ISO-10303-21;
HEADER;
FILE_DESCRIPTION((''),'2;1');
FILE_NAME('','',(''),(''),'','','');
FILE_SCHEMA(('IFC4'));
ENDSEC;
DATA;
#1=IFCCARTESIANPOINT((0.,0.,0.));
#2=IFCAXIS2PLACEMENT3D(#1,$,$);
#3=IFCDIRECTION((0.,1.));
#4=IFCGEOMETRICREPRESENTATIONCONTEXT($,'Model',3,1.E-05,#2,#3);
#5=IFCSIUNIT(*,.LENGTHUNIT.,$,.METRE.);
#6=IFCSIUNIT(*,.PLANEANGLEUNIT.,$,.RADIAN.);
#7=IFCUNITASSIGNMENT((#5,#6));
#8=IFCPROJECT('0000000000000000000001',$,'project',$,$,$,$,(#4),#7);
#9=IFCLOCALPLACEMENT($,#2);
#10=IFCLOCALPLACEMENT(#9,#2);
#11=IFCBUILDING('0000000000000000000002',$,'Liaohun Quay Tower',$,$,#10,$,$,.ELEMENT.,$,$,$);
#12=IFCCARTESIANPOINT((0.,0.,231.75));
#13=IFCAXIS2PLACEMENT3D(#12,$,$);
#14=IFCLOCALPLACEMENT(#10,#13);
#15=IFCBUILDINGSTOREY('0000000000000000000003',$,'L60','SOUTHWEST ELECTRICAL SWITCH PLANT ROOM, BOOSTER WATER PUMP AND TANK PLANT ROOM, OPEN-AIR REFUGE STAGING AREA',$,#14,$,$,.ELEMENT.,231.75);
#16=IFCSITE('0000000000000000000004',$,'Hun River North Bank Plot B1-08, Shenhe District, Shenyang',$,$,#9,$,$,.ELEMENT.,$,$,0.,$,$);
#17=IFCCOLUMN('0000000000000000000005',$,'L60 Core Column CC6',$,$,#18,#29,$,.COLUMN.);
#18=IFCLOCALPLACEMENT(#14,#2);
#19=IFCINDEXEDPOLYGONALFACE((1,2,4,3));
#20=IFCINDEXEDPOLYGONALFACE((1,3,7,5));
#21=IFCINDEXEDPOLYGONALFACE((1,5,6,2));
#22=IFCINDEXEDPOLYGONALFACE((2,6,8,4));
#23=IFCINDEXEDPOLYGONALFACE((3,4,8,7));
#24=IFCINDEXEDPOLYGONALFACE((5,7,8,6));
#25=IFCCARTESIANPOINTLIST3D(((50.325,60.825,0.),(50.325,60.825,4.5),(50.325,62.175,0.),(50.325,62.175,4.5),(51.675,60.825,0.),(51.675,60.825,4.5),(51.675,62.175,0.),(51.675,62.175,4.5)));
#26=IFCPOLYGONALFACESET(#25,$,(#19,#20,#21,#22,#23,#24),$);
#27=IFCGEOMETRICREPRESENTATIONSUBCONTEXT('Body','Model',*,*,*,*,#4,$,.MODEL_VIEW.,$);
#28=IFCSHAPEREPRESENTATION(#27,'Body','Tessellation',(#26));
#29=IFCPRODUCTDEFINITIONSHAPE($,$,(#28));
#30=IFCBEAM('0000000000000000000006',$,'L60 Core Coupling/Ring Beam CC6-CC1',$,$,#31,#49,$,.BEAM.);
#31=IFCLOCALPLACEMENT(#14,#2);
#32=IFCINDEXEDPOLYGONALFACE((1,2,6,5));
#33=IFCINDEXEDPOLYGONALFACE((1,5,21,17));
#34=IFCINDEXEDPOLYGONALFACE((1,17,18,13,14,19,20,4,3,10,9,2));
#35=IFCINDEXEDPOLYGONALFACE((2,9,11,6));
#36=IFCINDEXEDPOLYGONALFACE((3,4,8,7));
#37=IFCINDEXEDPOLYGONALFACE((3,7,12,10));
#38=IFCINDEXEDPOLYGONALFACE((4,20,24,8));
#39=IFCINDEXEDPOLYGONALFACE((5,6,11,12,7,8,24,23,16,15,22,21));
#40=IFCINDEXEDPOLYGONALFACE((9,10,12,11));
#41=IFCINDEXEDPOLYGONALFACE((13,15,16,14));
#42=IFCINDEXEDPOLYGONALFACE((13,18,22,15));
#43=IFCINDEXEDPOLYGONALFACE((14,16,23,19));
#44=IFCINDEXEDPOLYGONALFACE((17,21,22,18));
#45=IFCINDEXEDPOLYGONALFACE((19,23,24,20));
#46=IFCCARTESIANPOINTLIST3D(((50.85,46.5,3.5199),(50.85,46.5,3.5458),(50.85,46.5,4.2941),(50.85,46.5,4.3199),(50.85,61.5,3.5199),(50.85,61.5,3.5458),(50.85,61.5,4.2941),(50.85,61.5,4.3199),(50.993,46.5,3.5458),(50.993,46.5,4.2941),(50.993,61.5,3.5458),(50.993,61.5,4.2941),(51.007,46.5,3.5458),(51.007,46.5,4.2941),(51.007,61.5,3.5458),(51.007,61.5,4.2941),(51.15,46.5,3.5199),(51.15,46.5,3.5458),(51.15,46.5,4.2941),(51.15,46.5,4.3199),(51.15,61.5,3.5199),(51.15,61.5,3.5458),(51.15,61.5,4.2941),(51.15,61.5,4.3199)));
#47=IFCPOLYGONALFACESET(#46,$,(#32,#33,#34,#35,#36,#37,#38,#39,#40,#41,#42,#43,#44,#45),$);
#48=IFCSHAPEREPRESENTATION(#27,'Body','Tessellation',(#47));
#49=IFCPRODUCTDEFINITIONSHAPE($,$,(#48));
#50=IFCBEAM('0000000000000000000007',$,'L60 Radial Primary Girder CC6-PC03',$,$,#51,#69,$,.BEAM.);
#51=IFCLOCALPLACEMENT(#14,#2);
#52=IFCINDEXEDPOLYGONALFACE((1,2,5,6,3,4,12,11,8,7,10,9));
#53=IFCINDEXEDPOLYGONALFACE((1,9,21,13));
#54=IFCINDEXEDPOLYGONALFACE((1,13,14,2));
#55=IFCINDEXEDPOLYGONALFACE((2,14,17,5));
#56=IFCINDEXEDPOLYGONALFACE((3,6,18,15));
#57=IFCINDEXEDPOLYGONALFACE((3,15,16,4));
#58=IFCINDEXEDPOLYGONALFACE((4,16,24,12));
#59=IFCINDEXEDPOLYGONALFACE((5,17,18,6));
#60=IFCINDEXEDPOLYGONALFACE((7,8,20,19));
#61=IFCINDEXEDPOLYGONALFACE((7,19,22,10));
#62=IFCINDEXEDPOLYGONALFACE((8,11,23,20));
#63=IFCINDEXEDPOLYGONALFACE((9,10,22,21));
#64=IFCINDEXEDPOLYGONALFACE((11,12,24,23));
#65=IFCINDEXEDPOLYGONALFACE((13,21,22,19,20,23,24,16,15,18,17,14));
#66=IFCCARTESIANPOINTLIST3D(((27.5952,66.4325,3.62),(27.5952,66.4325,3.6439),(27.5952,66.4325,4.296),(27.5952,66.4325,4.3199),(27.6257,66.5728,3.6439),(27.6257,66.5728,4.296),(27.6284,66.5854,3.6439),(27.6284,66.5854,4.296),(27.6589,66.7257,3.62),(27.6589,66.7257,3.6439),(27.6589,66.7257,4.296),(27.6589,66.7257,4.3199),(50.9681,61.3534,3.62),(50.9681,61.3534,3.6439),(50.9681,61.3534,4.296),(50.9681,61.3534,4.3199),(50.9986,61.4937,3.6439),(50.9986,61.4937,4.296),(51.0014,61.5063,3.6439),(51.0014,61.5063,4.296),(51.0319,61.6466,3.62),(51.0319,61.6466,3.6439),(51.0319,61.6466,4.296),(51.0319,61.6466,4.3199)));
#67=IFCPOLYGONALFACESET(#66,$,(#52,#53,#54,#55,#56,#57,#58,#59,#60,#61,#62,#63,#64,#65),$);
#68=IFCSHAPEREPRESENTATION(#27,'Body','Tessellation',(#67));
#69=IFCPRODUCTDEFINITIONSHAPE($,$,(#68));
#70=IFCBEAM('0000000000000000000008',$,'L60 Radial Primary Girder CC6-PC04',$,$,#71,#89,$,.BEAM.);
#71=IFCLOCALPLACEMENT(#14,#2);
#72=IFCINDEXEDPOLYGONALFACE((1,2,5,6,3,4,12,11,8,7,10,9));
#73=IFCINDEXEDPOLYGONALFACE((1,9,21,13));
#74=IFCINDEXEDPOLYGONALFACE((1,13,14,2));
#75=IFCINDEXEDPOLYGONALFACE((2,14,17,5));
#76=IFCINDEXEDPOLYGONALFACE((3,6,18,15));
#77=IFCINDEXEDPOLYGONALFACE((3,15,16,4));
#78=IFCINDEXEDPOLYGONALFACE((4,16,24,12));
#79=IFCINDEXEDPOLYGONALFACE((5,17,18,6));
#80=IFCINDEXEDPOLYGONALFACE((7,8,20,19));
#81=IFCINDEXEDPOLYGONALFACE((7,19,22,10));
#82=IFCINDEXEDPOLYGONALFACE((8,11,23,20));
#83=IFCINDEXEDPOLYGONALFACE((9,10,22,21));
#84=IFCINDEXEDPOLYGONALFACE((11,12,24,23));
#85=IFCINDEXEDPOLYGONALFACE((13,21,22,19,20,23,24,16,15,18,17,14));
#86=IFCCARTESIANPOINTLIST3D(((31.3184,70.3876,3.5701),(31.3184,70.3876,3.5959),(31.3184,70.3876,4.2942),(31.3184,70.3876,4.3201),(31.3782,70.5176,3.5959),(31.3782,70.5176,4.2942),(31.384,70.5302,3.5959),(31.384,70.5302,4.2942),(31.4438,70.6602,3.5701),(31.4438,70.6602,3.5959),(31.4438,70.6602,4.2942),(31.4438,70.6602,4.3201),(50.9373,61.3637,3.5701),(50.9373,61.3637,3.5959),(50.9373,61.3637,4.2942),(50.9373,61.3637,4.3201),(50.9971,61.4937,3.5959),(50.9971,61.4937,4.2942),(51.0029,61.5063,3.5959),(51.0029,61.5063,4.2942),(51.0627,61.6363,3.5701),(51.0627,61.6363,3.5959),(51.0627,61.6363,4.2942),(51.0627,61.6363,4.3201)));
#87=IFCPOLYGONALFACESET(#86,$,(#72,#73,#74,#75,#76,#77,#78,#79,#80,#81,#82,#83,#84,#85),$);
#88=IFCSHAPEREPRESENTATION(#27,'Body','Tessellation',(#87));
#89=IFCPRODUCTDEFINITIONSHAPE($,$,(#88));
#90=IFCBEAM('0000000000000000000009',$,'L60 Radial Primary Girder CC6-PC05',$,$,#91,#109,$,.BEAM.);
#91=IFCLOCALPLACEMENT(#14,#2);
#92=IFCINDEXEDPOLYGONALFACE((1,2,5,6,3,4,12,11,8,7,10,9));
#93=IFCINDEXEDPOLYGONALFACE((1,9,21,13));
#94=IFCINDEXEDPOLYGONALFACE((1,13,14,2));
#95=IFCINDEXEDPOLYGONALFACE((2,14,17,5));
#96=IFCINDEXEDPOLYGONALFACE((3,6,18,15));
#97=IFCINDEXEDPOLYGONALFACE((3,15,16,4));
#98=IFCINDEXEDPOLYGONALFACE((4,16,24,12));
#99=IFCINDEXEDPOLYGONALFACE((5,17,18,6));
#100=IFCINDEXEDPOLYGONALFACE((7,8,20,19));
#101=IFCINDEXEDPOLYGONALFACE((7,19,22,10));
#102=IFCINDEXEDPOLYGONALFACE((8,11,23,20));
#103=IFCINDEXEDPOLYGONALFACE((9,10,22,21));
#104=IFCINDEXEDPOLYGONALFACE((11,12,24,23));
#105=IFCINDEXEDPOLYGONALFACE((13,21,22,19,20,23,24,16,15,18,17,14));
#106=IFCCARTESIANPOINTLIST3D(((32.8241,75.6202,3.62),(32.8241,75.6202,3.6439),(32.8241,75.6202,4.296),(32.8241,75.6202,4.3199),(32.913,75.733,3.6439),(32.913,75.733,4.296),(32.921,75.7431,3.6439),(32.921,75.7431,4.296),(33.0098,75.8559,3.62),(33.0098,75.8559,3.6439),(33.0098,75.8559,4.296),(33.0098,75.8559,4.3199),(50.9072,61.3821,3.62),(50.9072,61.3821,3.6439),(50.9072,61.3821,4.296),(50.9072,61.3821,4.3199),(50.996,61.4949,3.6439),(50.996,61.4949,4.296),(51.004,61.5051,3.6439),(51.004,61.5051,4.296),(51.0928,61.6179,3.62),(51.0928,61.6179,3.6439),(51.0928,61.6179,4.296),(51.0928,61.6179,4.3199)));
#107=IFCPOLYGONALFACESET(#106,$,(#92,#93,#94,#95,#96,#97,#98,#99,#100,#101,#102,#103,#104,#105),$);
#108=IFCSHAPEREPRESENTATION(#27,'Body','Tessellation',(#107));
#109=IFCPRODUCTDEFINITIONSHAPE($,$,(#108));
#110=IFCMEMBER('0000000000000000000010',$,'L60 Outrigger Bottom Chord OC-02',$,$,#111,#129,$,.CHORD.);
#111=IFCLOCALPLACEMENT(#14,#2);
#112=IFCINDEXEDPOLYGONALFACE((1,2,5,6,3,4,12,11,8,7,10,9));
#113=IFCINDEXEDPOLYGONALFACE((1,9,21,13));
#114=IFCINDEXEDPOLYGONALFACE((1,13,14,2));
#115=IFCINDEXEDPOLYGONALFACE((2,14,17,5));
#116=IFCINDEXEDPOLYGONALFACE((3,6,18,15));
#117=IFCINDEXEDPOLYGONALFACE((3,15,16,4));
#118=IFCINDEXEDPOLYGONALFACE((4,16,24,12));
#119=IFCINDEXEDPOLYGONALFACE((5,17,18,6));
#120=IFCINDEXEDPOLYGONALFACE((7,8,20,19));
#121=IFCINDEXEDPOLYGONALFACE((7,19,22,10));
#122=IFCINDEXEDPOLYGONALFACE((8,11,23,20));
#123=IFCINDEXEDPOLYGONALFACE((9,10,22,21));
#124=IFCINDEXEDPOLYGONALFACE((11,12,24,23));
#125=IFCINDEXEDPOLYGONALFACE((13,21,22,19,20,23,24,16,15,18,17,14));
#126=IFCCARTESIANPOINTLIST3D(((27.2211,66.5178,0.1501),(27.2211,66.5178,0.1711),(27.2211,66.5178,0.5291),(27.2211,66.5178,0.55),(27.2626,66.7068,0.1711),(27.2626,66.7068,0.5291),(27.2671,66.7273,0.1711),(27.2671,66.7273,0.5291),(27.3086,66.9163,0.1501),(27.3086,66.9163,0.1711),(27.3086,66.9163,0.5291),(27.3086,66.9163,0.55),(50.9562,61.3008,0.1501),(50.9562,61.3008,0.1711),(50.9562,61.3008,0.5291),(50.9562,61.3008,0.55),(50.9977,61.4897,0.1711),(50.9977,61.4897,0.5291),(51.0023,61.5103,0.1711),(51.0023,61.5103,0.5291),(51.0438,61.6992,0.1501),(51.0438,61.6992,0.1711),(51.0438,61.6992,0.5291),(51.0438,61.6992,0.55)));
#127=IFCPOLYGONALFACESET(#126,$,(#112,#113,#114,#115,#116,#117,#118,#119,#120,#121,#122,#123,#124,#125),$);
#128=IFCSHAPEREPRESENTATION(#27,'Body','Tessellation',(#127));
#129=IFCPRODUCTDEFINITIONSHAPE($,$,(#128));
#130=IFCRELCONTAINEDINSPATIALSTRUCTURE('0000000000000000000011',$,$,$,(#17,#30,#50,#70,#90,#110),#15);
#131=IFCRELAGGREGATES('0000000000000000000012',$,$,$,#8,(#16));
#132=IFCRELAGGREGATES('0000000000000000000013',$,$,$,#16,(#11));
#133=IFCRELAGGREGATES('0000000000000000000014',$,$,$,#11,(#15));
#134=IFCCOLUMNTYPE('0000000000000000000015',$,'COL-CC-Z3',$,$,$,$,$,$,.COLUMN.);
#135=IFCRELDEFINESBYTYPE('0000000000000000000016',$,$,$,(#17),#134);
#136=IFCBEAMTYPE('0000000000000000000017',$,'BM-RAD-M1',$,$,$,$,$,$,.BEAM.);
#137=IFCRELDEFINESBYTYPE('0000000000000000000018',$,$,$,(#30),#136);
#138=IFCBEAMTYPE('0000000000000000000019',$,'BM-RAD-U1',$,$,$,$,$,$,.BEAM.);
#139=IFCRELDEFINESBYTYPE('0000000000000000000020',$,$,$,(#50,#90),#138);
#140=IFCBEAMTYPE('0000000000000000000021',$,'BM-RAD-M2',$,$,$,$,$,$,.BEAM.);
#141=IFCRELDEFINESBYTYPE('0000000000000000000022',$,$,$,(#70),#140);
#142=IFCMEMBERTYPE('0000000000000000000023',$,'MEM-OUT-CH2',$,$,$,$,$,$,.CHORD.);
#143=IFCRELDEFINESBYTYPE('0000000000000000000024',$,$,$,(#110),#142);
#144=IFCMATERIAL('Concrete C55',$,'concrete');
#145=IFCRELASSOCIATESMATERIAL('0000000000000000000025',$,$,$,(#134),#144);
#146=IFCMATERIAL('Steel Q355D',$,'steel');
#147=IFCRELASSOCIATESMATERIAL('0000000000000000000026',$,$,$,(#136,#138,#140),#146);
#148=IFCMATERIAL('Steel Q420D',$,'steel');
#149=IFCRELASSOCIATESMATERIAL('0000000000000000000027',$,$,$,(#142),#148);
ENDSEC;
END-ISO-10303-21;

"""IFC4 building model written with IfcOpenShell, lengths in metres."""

from ifc_helpers import new_model, si_unit, direction, frame, origin, origin_2d, place, context, subcontext, project, spatial, rectangle, i_section, extrude, source, transform, mapped, material, material_profile, profile_set, type_object, element, save


model = new_model("IFC4")

# Units and contexts
model_context = context("Model", 3, precision=1e-05, world=origin(), true_north=direction((0.0, 1.0)))
body_context = subcontext(model_context, "Body", "Model", "MODEL_VIEW")
ifc_project = project(units=[si_unit("LENGTHUNIT", "METRE"), si_unit("PLANEANGLEUNIT", "RADIAN")], contexts=[model_context])

# Site, building, storey
site_placement = place(None, origin())
site = spatial("IfcSite", under=ifc_project, at=site_placement, Name="Hun River North Bank Plot B1-08, Shenhe District, Shenyang", CompositionType="ELEMENT", RefElevation=0.0)
building_placement = place(site_placement, origin())
building = spatial("IfcBuilding", under=site, at=building_placement, Name="Liaohun Quay Tower", CompositionType="ELEMENT")
storey_placement = place(building_placement, frame((0.0, 0.0, 231.75)))
storey = spatial("IfcBuildingStorey", under=building, at=storey_placement, Name="L60", Description="SOUTHWEST ELECTRICAL SWITCH PLANT ROOM, BOOSTER WATER PUMP AND TANK PLANT ROOM, OPEN-AIR REFUGE STAGING AREA", CompositionType="ELEMENT", Elevation=231.75)

# Column
ifc_material_1 = material(Name="Concrete C55", Category="concrete")
ifc_material_profile_1 = material_profile(ifc_material_1, rectangle(XDim=1.3501, YDim=1.3501, at=origin_2d()), Name="RC1350x1350")
ifc_profile_set_1 = profile_set([ifc_material_profile_1], Name="Concrete C55")
column_type = type_object("IfcColumnType", Name="COL-CC-Z3", PredefinedType="COLUMN", material=ifc_profile_set_1)
shared_shape_1 = source(origin(), body_context, "Body", "SweptSolid", [
    extrude(rectangle(XDim=1.3501, YDim=1.3501, at=origin_2d()), origin(), (0.0, 0.0, 1.0), 4.5),
])
column_placement = place(storey_placement, frame((51.0, 61.5, 0.0), z_axis=(0.0, 0.0, 1.0), x_axis=(1.0, 0.0, 0.0)))
element("IfcColumn", 1, at=column_placement, inside=storey, type_object=column_type, Name="L60 Core Column CC6", PredefinedType="COLUMN", context=body_context, shape_type="MappedRepresentation", body=[
    mapped(shared_shape_1, transform((0.0, 0.0, 0.0), x_axis=(1.0, 0.0, 0.0), y_axis=(0.0, 1.0, 0.0), z_axis=(0.0, 0.0, 1.0), scale=1.0)),
])

# Beams
ifc_material_2 = material(Name="Steel Q355D", Category="steel")
ifc_material_profile_2 = material_profile(ifc_material_2, i_section(OverallWidth=0.3, OverallDepth=0.8, WebThickness=0.0139, FlangeThickness=0.0259, at=origin_2d()), Name="HN800x300x14x26")
ifc_profile_set_2 = profile_set([ifc_material_profile_2], Name="Steel Q355D")
beam_type_1 = type_object("IfcBeamType", Name="BM-RAD-M1", PredefinedType="BEAM", material=ifc_profile_set_2)
shared_shape_2 = source(origin(), body_context, "Body", "SweptSolid", [
    extrude(i_section(OverallWidth=0.3, OverallDepth=0.8, WebThickness=0.0139, FlangeThickness=0.0259, at=origin_2d()), origin(), (0.0, 0.0, 1.0), 15.0),
])
beam_1_placement = place(storey_placement, frame((51.0, 61.5, 3.9199), z_axis=(0.0, -1.0, 0.0), x_axis=(1.0, 0.0, 0.0)))
element("IfcBeam", 2, at=beam_1_placement, inside=storey, type_object=beam_type_1, Name="L60 Core Coupling/Ring Beam CC6-CC1", PredefinedType="BEAM", context=body_context, shape_type="MappedRepresentation", body=[
    mapped(shared_shape_2, transform((0.0, 0.0, 0.0), x_axis=(1.0, 0.0, 0.0), y_axis=(0.0, 1.0, 0.0), z_axis=(0.0, 0.0, 1.0), scale=1.0)),
])
ifc_material_profile_3 = material_profile(ifc_material_2, i_section(OverallWidth=0.3, OverallDepth=0.7, WebThickness=0.0129, FlangeThickness=0.0239, at=origin_2d()), Name="HN700x300x13x24")
ifc_profile_set_3 = profile_set([ifc_material_profile_3], Name="Steel Q355D")
beam_type_2 = type_object("IfcBeamType", Name="BM-RAD-U1", PredefinedType="BEAM", material=ifc_profile_set_3)
shared_shape_3 = source(origin(), body_context, "Body", "SweptSolid", [
    extrude(i_section(OverallWidth=0.3, OverallDepth=0.7, WebThickness=0.0129, FlangeThickness=0.0239, at=origin_2d()), origin(), (0.0, 0.0, 1.0), 23.9185),
])
beam_2_placement = place(storey_placement, frame((51.0, 61.5, 3.97), z_axis=(-0.977194, 0.21235, 0.0), x_axis=(-0.21235, -0.977194, 0.0)))
element("IfcBeam", 3, at=beam_2_placement, inside=storey, type_object=beam_type_2, Name="L60 Radial Primary Girder CC6-PC03", PredefinedType="BEAM", context=body_context, shape_type="MappedRepresentation", body=[
    mapped(shared_shape_3, transform((0.0, 0.0, 0.0), x_axis=(1.0, 0.0, 0.0), y_axis=(0.0, 1.0, 0.0), z_axis=(0.0, 0.0, 1.0), scale=1.0)),
])
ifc_material_profile_4 = material_profile(ifc_material_2, i_section(OverallWidth=0.3, OverallDepth=0.75, WebThickness=0.0139, FlangeThickness=0.0259, at=origin_2d()), Name="HN750x300x14x26")
ifc_profile_set_4 = profile_set([ifc_material_profile_4], Name="Steel Q355D")
beam_type_3 = type_object("IfcBeamType", Name="BM-RAD-M2", PredefinedType="BEAM", material=ifc_profile_set_4)
shared_shape_4 = source(origin(), body_context, "Body", "SweptSolid", [
    extrude(i_section(OverallWidth=0.3, OverallDepth=0.75, WebThickness=0.0139, FlangeThickness=0.0259, at=origin_2d()), origin(), (0.0, 0.0, 1.0), 21.5947),
])
beam_3_placement = place(storey_placement, frame((51.0, 61.5, 3.9451), z_axis=(-0.908504, 0.417876, 0.0), x_axis=(-0.417876, -0.908504, 0.0)))
element("IfcBeam", 4, at=beam_3_placement, inside=storey, type_object=beam_type_3, Name="L60 Radial Primary Girder CC6-PC04", PredefinedType="BEAM", context=body_context, shape_type="MappedRepresentation", body=[
    mapped(shared_shape_4, transform((0.0, 0.0, 0.0), x_axis=(1.0, 0.0, 0.0), y_axis=(0.0, 1.0, 0.0), z_axis=(0.0, 0.0, 1.0), scale=1.0)),
])
shared_shape_5 = source(origin(), body_context, "Body", "SweptSolid", [
    extrude(i_section(OverallWidth=0.3, OverallDepth=0.7, WebThickness=0.0129, FlangeThickness=0.0239, at=origin_2d()), origin(), (0.0, 0.0, 1.0), 23.0156),
])
beam_4_placement = place(storey_placement, frame((51.0, 61.5, 3.97), z_axis=(-0.785686, 0.618626, 0.0), x_axis=(-0.618626, -0.785686, 0.0)))
element("IfcBeam", 5, at=beam_4_placement, inside=storey, type_object=beam_type_2, Name="L60 Radial Primary Girder CC6-PC05", PredefinedType="BEAM", context=body_context, shape_type="MappedRepresentation", body=[
    mapped(shared_shape_5, transform((0.0, 0.0, 0.0), x_axis=(1.0, 0.0, 0.0), y_axis=(0.0, 1.0, 0.0), z_axis=(0.0, 0.0, 1.0), scale=1.0)),
])

# Member
ifc_material_3 = material(Name="Steel Q420D", Category="steel")
ifc_material_profile_5 = material_profile(ifc_material_3, i_section(OverallWidth=0.408, OverallDepth=0.3999, WebThickness=0.021, FlangeThickness=0.021, at=origin_2d()), Name="HW400x408x21x21")
ifc_profile_set_5 = profile_set([ifc_material_profile_5], Name="Steel Q420D")
member_type_1 = type_object("IfcMemberType", Name="MEM-OUT-CH2", PredefinedType="CHORD", material=ifc_profile_set_5)
shared_shape_6 = source(origin(), body_context, "Body", "SweptSolid", [
    extrude(i_section(OverallWidth=0.408, OverallDepth=0.3999, WebThickness=0.021, FlangeThickness=0.021, at=origin_2d()), origin(), (0.0, 0.0, 1.0), 24.3018),
])
member_1_placement = place(storey_placement, frame((51.0, 61.5, 0.3501), z_axis=(-0.976685, 0.214678, 0.0), x_axis=(-0.214678, -0.976685, 0.0)))
element("IfcMember", 6, at=member_1_placement, inside=storey, type_object=member_type_1, Name="L60 Outrigger Bottom Chord OC-02", PredefinedType="CHORD", context=body_context, shape_type="MappedRepresentation", body=[
    mapped(shared_shape_6, transform((0.0, 0.0, 0.0), x_axis=(1.0, 0.0, 0.0), y_axis=(0.0, 1.0, 0.0), z_axis=(0.0, 0.0, 1.0), scale=1.0)),
])

save(model, "model.ifc")
